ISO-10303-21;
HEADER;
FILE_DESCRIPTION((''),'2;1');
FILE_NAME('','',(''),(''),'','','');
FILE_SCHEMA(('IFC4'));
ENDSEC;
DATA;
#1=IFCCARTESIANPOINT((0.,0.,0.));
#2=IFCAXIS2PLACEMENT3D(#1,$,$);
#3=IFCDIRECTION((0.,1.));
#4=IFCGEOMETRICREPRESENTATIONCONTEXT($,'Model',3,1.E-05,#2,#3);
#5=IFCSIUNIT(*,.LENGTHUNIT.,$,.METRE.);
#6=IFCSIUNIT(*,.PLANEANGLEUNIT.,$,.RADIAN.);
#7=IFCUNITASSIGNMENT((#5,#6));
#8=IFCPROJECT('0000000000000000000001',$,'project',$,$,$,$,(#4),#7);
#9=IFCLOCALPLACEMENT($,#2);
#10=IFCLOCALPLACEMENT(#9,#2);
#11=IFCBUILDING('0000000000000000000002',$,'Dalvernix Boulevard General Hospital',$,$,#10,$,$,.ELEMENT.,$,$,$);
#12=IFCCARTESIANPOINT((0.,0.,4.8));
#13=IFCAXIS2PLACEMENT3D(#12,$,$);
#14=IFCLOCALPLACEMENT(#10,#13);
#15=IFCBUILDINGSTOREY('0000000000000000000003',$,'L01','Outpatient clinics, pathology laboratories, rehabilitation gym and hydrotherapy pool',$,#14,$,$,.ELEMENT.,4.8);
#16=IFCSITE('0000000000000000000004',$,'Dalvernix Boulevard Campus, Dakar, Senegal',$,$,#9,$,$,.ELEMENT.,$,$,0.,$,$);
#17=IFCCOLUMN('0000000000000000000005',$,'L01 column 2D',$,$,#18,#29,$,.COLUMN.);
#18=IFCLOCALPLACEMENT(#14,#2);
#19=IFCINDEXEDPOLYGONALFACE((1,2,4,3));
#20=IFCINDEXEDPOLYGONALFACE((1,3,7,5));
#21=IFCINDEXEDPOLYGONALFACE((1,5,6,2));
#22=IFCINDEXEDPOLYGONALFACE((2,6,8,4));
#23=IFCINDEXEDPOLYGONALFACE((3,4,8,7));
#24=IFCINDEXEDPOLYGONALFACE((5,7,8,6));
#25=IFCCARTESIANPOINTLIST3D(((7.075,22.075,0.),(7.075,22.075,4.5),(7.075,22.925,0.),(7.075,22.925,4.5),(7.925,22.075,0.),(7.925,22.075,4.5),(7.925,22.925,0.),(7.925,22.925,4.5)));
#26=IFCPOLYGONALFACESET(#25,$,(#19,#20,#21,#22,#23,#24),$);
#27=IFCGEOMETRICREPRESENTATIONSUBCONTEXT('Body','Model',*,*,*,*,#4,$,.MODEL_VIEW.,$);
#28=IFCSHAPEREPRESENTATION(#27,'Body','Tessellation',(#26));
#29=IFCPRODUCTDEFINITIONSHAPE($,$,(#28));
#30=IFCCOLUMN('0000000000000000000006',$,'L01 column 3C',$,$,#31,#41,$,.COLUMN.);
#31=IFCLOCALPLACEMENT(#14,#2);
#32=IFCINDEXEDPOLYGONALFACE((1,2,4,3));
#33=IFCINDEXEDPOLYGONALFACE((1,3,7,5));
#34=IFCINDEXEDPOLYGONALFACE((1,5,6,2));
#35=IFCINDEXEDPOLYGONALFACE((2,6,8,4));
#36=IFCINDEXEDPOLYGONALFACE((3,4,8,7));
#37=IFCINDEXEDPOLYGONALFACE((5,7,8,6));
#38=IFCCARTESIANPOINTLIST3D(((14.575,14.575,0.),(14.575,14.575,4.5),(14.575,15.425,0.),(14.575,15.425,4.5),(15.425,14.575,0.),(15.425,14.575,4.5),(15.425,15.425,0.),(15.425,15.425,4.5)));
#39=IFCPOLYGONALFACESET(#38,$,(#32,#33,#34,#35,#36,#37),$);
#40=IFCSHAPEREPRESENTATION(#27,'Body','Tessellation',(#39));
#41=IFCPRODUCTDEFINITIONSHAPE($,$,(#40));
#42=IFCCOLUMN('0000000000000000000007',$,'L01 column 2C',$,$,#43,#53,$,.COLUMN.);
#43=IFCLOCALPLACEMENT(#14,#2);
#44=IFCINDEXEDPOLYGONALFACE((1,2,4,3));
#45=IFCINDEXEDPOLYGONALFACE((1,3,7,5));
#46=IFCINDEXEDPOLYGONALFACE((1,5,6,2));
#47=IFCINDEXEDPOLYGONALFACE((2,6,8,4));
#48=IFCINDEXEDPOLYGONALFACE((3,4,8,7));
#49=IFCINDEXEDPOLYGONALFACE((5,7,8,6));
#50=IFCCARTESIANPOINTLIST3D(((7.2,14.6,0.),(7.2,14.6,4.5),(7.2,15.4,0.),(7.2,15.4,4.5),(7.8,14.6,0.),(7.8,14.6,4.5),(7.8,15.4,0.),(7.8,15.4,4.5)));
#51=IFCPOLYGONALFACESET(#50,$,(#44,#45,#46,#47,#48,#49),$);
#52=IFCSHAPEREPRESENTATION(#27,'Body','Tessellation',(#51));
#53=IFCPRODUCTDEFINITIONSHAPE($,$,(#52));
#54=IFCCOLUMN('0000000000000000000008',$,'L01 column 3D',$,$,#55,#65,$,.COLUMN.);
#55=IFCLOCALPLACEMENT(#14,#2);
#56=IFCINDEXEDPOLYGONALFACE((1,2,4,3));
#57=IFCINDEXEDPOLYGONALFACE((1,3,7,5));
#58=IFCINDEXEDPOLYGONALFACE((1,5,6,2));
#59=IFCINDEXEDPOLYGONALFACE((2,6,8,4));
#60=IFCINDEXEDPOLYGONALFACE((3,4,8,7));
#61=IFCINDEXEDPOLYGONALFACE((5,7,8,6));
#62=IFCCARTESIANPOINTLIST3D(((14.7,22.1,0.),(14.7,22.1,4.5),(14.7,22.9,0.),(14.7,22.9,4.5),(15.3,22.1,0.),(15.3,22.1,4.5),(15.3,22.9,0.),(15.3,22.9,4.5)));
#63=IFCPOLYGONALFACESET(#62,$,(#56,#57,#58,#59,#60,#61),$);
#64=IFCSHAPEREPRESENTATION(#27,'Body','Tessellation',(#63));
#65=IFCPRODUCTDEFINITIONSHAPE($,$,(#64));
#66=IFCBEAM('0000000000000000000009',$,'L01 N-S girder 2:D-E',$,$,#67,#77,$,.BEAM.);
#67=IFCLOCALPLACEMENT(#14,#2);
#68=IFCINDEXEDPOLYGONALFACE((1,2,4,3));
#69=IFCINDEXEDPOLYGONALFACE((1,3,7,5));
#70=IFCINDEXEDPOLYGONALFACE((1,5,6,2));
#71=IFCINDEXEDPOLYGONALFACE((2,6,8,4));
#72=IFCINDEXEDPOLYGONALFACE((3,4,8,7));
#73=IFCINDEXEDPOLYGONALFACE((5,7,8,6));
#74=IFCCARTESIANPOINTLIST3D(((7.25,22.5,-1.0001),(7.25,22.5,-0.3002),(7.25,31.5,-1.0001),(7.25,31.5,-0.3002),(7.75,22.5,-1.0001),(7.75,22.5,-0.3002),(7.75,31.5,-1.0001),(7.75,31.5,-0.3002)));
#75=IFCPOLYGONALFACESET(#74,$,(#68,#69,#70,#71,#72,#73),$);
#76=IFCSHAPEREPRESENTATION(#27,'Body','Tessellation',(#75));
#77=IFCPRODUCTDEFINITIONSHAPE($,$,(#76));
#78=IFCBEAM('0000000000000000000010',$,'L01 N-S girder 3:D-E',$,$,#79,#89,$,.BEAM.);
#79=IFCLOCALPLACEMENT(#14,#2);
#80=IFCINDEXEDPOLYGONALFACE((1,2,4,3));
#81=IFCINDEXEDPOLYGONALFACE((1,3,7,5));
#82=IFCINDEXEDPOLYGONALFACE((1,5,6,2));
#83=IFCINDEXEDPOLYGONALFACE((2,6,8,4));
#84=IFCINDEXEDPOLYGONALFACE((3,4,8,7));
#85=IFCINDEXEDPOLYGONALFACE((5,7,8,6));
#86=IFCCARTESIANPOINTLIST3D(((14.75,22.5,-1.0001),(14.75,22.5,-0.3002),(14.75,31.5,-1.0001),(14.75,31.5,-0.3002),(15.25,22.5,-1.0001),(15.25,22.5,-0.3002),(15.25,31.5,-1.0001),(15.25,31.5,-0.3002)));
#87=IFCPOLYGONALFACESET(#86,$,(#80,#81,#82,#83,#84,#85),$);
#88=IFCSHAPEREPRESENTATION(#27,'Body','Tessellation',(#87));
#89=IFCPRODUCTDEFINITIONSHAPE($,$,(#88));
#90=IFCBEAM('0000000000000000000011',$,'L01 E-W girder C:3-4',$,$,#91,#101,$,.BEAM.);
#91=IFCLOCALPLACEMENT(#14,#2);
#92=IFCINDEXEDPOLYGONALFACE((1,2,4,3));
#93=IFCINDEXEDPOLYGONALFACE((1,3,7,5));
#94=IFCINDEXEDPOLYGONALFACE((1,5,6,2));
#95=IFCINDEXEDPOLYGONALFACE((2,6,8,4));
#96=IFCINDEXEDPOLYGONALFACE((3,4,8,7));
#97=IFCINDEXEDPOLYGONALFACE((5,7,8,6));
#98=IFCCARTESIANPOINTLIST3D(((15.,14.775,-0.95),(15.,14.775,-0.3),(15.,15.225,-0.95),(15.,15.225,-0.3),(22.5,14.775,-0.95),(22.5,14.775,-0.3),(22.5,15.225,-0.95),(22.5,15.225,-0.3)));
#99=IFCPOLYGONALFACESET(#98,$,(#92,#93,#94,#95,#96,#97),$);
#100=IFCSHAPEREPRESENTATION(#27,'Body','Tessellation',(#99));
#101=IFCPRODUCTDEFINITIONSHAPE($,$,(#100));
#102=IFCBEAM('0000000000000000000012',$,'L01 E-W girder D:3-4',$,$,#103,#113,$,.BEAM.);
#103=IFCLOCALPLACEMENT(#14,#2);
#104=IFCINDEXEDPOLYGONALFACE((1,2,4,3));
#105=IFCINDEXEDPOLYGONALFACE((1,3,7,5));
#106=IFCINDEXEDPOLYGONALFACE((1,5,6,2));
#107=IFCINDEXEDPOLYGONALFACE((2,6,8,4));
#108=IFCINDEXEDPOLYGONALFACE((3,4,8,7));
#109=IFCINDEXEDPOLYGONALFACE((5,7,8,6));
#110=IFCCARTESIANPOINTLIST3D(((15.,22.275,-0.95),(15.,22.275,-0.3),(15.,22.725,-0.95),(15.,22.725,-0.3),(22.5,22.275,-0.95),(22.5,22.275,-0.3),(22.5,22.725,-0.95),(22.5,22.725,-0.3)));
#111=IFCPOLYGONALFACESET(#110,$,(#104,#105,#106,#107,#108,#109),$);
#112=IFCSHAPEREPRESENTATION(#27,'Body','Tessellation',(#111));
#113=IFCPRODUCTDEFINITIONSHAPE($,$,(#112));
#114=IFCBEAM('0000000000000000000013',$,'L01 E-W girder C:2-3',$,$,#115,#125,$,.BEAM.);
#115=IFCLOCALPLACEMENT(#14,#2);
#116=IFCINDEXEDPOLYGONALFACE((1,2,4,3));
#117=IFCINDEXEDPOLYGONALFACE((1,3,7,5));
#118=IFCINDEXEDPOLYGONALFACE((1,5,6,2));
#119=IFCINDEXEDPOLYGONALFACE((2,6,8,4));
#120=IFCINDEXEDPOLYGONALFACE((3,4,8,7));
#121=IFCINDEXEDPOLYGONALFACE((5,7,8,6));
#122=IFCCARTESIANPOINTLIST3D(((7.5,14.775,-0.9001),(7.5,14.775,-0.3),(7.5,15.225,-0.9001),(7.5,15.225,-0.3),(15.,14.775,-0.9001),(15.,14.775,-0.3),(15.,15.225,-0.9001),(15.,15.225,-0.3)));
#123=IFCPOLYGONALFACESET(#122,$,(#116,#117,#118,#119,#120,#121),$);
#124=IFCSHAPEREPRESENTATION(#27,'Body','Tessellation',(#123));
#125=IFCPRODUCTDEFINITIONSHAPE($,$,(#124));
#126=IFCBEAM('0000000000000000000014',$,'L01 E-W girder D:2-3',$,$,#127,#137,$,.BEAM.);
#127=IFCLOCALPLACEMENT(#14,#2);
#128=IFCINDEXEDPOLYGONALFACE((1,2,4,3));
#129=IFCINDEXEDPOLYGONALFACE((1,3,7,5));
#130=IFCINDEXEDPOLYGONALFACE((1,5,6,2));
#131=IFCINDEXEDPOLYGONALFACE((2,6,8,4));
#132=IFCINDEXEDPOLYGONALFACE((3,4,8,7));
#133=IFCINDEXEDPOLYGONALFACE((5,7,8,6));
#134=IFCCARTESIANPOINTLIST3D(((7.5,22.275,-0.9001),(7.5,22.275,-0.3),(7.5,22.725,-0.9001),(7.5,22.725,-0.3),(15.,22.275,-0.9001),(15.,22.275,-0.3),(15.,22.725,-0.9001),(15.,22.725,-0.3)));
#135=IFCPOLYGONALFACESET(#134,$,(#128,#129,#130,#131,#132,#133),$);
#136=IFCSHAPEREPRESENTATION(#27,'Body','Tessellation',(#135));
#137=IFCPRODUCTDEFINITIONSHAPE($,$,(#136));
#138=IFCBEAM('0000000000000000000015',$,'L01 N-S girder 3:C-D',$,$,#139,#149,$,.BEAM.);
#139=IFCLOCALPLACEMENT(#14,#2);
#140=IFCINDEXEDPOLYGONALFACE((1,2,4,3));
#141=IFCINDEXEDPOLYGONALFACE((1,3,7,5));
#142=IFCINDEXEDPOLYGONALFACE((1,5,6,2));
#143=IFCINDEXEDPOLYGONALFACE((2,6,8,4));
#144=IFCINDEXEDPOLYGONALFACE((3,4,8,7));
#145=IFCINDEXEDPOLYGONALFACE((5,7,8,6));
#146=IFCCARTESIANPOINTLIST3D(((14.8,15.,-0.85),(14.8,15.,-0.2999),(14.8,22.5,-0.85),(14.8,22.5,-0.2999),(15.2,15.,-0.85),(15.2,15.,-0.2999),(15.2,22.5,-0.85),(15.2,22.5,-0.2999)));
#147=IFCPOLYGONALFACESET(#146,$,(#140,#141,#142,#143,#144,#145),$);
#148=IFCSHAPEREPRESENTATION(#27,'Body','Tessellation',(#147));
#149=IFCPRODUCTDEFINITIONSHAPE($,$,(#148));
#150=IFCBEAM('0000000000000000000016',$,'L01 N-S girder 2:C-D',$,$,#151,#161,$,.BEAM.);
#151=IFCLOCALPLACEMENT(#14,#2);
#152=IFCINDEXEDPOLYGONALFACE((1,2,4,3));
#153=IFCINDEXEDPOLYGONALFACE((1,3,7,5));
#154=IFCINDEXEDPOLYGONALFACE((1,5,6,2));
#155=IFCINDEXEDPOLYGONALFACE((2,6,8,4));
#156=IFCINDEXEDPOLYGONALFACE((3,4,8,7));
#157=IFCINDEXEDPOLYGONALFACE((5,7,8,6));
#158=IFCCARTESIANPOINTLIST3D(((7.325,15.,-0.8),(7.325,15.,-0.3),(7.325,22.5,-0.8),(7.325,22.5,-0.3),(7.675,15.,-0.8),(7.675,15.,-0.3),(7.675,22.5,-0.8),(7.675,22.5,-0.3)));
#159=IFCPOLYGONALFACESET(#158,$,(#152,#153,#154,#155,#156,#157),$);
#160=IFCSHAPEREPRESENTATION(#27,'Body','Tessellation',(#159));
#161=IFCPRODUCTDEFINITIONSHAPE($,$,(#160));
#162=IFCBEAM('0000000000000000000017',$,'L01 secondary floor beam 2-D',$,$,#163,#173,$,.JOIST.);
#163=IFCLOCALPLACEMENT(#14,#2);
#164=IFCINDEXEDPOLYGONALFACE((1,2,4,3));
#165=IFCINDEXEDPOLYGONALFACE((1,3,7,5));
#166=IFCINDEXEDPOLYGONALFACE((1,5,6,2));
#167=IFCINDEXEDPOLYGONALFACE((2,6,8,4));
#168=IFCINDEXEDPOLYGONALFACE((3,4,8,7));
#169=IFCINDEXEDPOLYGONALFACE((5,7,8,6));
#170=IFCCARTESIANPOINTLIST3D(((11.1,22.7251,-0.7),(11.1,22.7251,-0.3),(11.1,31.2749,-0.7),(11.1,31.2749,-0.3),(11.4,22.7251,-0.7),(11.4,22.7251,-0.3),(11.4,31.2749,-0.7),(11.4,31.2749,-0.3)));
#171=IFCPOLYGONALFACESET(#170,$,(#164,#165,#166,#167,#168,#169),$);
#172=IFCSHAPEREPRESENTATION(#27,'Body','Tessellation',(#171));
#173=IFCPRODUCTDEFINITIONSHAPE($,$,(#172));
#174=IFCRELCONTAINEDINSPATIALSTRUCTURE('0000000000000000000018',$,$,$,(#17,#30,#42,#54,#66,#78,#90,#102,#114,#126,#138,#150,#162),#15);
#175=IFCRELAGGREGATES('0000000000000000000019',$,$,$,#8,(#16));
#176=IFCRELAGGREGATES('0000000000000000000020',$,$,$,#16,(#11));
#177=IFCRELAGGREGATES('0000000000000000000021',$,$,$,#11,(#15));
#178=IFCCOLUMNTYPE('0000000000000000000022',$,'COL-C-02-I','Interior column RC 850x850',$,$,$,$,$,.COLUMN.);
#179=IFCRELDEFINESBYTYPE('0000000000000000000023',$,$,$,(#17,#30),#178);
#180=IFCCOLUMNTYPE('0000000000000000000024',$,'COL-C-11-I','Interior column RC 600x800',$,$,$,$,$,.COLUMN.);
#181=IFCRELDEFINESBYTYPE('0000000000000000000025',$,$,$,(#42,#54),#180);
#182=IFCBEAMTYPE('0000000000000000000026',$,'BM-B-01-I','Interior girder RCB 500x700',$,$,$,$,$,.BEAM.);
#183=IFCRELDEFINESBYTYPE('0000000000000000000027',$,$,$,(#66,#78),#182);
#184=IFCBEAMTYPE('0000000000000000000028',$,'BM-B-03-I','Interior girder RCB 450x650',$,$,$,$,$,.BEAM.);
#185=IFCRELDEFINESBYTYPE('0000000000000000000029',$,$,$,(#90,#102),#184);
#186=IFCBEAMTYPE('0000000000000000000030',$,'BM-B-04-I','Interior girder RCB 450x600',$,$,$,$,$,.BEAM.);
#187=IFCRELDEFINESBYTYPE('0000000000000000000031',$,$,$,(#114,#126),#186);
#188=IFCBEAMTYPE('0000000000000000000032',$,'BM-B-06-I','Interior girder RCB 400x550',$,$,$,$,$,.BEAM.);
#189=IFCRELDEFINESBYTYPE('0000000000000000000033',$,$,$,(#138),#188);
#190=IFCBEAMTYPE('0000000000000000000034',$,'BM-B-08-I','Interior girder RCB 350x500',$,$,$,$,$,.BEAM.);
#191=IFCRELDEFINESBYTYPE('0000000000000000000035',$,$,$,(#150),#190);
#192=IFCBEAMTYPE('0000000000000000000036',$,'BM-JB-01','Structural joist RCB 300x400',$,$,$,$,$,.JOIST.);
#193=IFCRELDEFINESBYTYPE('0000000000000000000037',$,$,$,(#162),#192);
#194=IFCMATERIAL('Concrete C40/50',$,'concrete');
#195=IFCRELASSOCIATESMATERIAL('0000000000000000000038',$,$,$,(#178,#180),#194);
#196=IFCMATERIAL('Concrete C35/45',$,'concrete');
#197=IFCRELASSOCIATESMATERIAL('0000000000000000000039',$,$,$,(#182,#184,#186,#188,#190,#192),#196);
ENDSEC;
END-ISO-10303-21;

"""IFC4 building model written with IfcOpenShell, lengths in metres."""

from ifc_helpers import new_model, si_unit, direction, frame, origin, origin_2d, place, context, subcontext, project, spatial, rectangle, extrude, material, material_profile, profile_set, type_object, element, save


model = new_model("IFC4")

# Units and contexts
model_context = context("Model", 3, precision=1e-05, world=origin(), true_north=direction((0.0, 1.0)))
body_context = subcontext(model_context, "Body", "Model", "MODEL_VIEW")
ifc_project = project(units=[si_unit("LENGTHUNIT", "METRE"), si_unit("PLANEANGLEUNIT", "RADIAN")], contexts=[model_context])

# Site, building, storey
site_placement = place(None, origin())
site = spatial("IfcSite", under=ifc_project, at=site_placement, Name="Dalvernix Boulevard Campus, Dakar, Senegal", CompositionType="ELEMENT", RefElevation=0.0)
building_placement = place(site_placement, origin())
building = spatial("IfcBuilding", under=site, at=building_placement, Name="Dalvernix Boulevard General Hospital", CompositionType="ELEMENT")
storey_placement = place(building_placement, frame((0.0, 0.0, 4.8)))
storey = spatial("IfcBuildingStorey", under=building, at=storey_placement, Name="L01", Description="Outpatient clinics, pathology laboratories, rehabilitation gym and hydrotherapy pool", CompositionType="ELEMENT", Elevation=4.8)

# Columns
ifc_material_1 = material(Name="Concrete C40/50", Category="concrete")
ifc_material_profile_1 = material_profile(ifc_material_1, rectangle(XDim=0.8501, YDim=0.8501, at=origin_2d()), Name="RC 850x850")
ifc_profile_set_1 = profile_set([ifc_material_profile_1], Name="Concrete C40/50")
column_type_1 = type_object("IfcColumnType", Name="COL-C-02-I", Description="Interior column RC 850x850", PredefinedType="COLUMN", material=ifc_profile_set_1)
for number, where, z_axis, x_axis, name in (
    (1, (7.5, 22.5, 0.0), (0.0, 0.0, 1.0), (1.0, 0.0, 0.0), "L01 column 2D"),
    (2, (15.0, 15.0, 0.0), (0.0, 0.0, 1.0), (1.0, 0.0, 0.0), "L01 column 3C"),
):
    element("IfcColumn", number, at=place(storey_placement, frame(where, z_axis=z_axis, x_axis=x_axis)), inside=storey, type_object=column_type_1, Name=name, PredefinedType="COLUMN", context=body_context, shape_type="SweptSolid", body=[
        extrude(rectangle(XDim=0.8501, YDim=0.8501, at=origin_2d()), origin(), (0.0, 0.0, 1.0), 4.5),
    ])
ifc_material_profile_2 = material_profile(ifc_material_1, rectangle(XDim=0.6001, YDim=0.8, at=origin_2d()), Name="RC 600x800")
ifc_profile_set_2 = profile_set([ifc_material_profile_2], Name="Concrete C40/50")
column_type_2 = type_object("IfcColumnType", Name="COL-C-11-I", Description="Interior column RC 600x800", PredefinedType="COLUMN", material=ifc_profile_set_2)
for number, where, z_axis, x_axis, name in (
    (3, (7.5, 15.0, 0.0), (0.0, 0.0, 1.0), (1.0, 0.0, 0.0), "L01 column 2C"),
    (4, (15.0, 22.5, 0.0), (0.0, 0.0, 1.0), (1.0, 0.0, 0.0), "L01 column 3D"),
):
    element("IfcColumn", number, at=place(storey_placement, frame(where, z_axis=z_axis, x_axis=x_axis)), inside=storey, type_object=column_type_2, Name=name, PredefinedType="COLUMN", context=body_context, shape_type="SweptSolid", body=[
        extrude(rectangle(XDim=0.6001, YDim=0.8, at=origin_2d()), origin(), (0.0, 0.0, 1.0), 4.5),
    ])

# Beams
ifc_material_2 = material(Name="Concrete C35/45", Category="concrete")
ifc_material_profile_3 = material_profile(ifc_material_2, rectangle(XDim=0.5, YDim=0.7, at=origin_2d()), Name="RCB 500x700")
ifc_profile_set_3 = profile_set([ifc_material_profile_3], Name="Concrete C35/45")
beam_type_1 = type_object("IfcBeamType", Name="BM-B-01-I", Description="Interior girder RCB 500x700", PredefinedType="BEAM", material=ifc_profile_set_3)
for number, where, z_axis, x_axis, name in (
    (5, (7.5, 22.5, -0.6501), (0.0, 1.0, 0.0), (-1.0, 0.0, 0.0), "L01 N-S girder 2:D-E"),
    (6, (15.0, 22.5, -0.6501), (0.0, 1.0, 0.0), (-1.0, 0.0, 0.0), "L01 N-S girder 3:D-E"),
):
    element("IfcBeam", number, at=place(storey_placement, frame(where, z_axis=z_axis, x_axis=x_axis)), inside=storey, type_object=beam_type_1, Name=name, PredefinedType="BEAM", context=body_context, shape_type="SweptSolid", body=[
        extrude(rectangle(XDim=0.5, YDim=0.7, at=origin_2d()), origin(), (0.0, 0.0, 1.0), 9.0),
    ])
ifc_material_profile_4 = material_profile(ifc_material_2, rectangle(XDim=0.45, YDim=0.6499, at=origin_2d()), Name="RCB 450x650")
ifc_profile_set_4 = profile_set([ifc_material_profile_4], Name="Concrete C35/45")
beam_type_2 = type_object("IfcBeamType", Name="BM-B-03-I", Description="Interior girder RCB 450x650", PredefinedType="BEAM", material=ifc_profile_set_4)
for number, where, z_axis, x_axis, name in (
    (7, (15.0, 15.0, -0.625), (1.0, 0.0, 0.0), (0.0, 1.0, 0.0), "L01 E-W girder C:3-4"),
    (8, (15.0, 22.5, -0.625), (1.0, 0.0, 0.0), (0.0, 1.0, 0.0), "L01 E-W girder D:3-4"),
):
    element("IfcBeam", number, at=place(storey_placement, frame(where, z_axis=z_axis, x_axis=x_axis)), inside=storey, type_object=beam_type_2, Name=name, PredefinedType="BEAM", context=body_context, shape_type="SweptSolid", body=[
        extrude(rectangle(XDim=0.45, YDim=0.6499, at=origin_2d()), origin(), (0.0, 0.0, 1.0), 7.5),
    ])
ifc_material_profile_5 = material_profile(ifc_material_2, rectangle(XDim=0.45, YDim=0.6001, at=origin_2d()), Name="RCB 450x600")
ifc_profile_set_5 = profile_set([ifc_material_profile_5], Name="Concrete C35/45")
beam_type_3 = type_object("IfcBeamType", Name="BM-B-04-I", Description="Interior girder RCB 450x600", PredefinedType="BEAM", material=ifc_profile_set_5)
for number, where, z_axis, x_axis, name in (
    (9, (7.5, 15.0, -0.6001), (1.0, 0.0, 0.0), (0.0, 1.0, 0.0), "L01 E-W girder C:2-3"),
    (10, (7.5, 22.5, -0.6001), (1.0, 0.0, 0.0), (0.0, 1.0, 0.0), "L01 E-W girder D:2-3"),
):
    element("IfcBeam", number, at=place(storey_placement, frame(where, z_axis=z_axis, x_axis=x_axis)), inside=storey, type_object=beam_type_3, Name=name, PredefinedType="BEAM", context=body_context, shape_type="SweptSolid", body=[
        extrude(rectangle(XDim=0.45, YDim=0.6001, at=origin_2d()), origin(), (0.0, 0.0, 1.0), 7.5),
    ])
ifc_material_profile_6 = material_profile(ifc_material_2, rectangle(XDim=0.3999, YDim=0.55, at=origin_2d()), Name="RCB 400x550")
ifc_profile_set_6 = profile_set([ifc_material_profile_6], Name="Concrete C35/45")
beam_type_4 = type_object("IfcBeamType", Name="BM-B-06-I", Description="Interior girder RCB 400x550", PredefinedType="BEAM", material=ifc_profile_set_6)
beam_1_placement = place(storey_placement, frame((15.0, 15.0, -0.575), z_axis=(0.0, 1.0, 0.0), x_axis=(-1.0, 0.0, 0.0)))
element("IfcBeam", 11, at=beam_1_placement, inside=storey, type_object=beam_type_4, Name="L01 N-S girder 3:C-D", PredefinedType="BEAM", context=body_context, shape_type="SweptSolid", body=[
    extrude(rectangle(XDim=0.3999, YDim=0.55, at=origin_2d()), origin(), (0.0, 0.0, 1.0), 7.5),
])
ifc_material_profile_7 = material_profile(ifc_material_2, rectangle(XDim=0.3501, YDim=0.5, at=origin_2d()), Name="RCB 350x500")
ifc_profile_set_7 = profile_set([ifc_material_profile_7], Name="Concrete C35/45")
beam_type_5 = type_object("IfcBeamType", Name="BM-B-08-I", Description="Interior girder RCB 350x500", PredefinedType="BEAM", material=ifc_profile_set_7)
beam_2_placement = place(storey_placement, frame((7.5, 15.0, -0.55), z_axis=(0.0, 1.0, 0.0), x_axis=(-1.0, 0.0, 0.0)))
element("IfcBeam", 12, at=beam_2_placement, inside=storey, type_object=beam_type_5, Name="L01 N-S girder 2:C-D", PredefinedType="BEAM", context=body_context, shape_type="SweptSolid", body=[
    extrude(rectangle(XDim=0.3501, YDim=0.5, at=origin_2d()), origin(), (0.0, 0.0, 1.0), 7.5),
])
ifc_material_profile_8 = material_profile(ifc_material_2, rectangle(XDim=0.3, YDim=0.3999, at=origin_2d()), Name="RCB 300x400")
ifc_profile_set_8 = profile_set([ifc_material_profile_8], Name="Concrete C35/45")
beam_type_6 = type_object("IfcBeamType", Name="BM-JB-01", Description="Structural joist RCB 300x400", PredefinedType="JOIST", material=ifc_profile_set_8)
beam_3_placement = place(storey_placement, frame((11.25, 22.7251, -0.5), z_axis=(0.0, 1.0, 0.0), x_axis=(-1.0, 0.0, 0.0)))
element("IfcBeam", 13, at=beam_3_placement, inside=storey, type_object=beam_type_6, Name="L01 secondary floor beam 2-D", PredefinedType="JOIST", context=body_context, shape_type="SweptSolid", body=[
    extrude(rectangle(XDim=0.3, YDim=0.3999, at=origin_2d()), origin(), (0.0, 0.0, 1.0), 8.5498),
])

save(model, "model.ifc")
